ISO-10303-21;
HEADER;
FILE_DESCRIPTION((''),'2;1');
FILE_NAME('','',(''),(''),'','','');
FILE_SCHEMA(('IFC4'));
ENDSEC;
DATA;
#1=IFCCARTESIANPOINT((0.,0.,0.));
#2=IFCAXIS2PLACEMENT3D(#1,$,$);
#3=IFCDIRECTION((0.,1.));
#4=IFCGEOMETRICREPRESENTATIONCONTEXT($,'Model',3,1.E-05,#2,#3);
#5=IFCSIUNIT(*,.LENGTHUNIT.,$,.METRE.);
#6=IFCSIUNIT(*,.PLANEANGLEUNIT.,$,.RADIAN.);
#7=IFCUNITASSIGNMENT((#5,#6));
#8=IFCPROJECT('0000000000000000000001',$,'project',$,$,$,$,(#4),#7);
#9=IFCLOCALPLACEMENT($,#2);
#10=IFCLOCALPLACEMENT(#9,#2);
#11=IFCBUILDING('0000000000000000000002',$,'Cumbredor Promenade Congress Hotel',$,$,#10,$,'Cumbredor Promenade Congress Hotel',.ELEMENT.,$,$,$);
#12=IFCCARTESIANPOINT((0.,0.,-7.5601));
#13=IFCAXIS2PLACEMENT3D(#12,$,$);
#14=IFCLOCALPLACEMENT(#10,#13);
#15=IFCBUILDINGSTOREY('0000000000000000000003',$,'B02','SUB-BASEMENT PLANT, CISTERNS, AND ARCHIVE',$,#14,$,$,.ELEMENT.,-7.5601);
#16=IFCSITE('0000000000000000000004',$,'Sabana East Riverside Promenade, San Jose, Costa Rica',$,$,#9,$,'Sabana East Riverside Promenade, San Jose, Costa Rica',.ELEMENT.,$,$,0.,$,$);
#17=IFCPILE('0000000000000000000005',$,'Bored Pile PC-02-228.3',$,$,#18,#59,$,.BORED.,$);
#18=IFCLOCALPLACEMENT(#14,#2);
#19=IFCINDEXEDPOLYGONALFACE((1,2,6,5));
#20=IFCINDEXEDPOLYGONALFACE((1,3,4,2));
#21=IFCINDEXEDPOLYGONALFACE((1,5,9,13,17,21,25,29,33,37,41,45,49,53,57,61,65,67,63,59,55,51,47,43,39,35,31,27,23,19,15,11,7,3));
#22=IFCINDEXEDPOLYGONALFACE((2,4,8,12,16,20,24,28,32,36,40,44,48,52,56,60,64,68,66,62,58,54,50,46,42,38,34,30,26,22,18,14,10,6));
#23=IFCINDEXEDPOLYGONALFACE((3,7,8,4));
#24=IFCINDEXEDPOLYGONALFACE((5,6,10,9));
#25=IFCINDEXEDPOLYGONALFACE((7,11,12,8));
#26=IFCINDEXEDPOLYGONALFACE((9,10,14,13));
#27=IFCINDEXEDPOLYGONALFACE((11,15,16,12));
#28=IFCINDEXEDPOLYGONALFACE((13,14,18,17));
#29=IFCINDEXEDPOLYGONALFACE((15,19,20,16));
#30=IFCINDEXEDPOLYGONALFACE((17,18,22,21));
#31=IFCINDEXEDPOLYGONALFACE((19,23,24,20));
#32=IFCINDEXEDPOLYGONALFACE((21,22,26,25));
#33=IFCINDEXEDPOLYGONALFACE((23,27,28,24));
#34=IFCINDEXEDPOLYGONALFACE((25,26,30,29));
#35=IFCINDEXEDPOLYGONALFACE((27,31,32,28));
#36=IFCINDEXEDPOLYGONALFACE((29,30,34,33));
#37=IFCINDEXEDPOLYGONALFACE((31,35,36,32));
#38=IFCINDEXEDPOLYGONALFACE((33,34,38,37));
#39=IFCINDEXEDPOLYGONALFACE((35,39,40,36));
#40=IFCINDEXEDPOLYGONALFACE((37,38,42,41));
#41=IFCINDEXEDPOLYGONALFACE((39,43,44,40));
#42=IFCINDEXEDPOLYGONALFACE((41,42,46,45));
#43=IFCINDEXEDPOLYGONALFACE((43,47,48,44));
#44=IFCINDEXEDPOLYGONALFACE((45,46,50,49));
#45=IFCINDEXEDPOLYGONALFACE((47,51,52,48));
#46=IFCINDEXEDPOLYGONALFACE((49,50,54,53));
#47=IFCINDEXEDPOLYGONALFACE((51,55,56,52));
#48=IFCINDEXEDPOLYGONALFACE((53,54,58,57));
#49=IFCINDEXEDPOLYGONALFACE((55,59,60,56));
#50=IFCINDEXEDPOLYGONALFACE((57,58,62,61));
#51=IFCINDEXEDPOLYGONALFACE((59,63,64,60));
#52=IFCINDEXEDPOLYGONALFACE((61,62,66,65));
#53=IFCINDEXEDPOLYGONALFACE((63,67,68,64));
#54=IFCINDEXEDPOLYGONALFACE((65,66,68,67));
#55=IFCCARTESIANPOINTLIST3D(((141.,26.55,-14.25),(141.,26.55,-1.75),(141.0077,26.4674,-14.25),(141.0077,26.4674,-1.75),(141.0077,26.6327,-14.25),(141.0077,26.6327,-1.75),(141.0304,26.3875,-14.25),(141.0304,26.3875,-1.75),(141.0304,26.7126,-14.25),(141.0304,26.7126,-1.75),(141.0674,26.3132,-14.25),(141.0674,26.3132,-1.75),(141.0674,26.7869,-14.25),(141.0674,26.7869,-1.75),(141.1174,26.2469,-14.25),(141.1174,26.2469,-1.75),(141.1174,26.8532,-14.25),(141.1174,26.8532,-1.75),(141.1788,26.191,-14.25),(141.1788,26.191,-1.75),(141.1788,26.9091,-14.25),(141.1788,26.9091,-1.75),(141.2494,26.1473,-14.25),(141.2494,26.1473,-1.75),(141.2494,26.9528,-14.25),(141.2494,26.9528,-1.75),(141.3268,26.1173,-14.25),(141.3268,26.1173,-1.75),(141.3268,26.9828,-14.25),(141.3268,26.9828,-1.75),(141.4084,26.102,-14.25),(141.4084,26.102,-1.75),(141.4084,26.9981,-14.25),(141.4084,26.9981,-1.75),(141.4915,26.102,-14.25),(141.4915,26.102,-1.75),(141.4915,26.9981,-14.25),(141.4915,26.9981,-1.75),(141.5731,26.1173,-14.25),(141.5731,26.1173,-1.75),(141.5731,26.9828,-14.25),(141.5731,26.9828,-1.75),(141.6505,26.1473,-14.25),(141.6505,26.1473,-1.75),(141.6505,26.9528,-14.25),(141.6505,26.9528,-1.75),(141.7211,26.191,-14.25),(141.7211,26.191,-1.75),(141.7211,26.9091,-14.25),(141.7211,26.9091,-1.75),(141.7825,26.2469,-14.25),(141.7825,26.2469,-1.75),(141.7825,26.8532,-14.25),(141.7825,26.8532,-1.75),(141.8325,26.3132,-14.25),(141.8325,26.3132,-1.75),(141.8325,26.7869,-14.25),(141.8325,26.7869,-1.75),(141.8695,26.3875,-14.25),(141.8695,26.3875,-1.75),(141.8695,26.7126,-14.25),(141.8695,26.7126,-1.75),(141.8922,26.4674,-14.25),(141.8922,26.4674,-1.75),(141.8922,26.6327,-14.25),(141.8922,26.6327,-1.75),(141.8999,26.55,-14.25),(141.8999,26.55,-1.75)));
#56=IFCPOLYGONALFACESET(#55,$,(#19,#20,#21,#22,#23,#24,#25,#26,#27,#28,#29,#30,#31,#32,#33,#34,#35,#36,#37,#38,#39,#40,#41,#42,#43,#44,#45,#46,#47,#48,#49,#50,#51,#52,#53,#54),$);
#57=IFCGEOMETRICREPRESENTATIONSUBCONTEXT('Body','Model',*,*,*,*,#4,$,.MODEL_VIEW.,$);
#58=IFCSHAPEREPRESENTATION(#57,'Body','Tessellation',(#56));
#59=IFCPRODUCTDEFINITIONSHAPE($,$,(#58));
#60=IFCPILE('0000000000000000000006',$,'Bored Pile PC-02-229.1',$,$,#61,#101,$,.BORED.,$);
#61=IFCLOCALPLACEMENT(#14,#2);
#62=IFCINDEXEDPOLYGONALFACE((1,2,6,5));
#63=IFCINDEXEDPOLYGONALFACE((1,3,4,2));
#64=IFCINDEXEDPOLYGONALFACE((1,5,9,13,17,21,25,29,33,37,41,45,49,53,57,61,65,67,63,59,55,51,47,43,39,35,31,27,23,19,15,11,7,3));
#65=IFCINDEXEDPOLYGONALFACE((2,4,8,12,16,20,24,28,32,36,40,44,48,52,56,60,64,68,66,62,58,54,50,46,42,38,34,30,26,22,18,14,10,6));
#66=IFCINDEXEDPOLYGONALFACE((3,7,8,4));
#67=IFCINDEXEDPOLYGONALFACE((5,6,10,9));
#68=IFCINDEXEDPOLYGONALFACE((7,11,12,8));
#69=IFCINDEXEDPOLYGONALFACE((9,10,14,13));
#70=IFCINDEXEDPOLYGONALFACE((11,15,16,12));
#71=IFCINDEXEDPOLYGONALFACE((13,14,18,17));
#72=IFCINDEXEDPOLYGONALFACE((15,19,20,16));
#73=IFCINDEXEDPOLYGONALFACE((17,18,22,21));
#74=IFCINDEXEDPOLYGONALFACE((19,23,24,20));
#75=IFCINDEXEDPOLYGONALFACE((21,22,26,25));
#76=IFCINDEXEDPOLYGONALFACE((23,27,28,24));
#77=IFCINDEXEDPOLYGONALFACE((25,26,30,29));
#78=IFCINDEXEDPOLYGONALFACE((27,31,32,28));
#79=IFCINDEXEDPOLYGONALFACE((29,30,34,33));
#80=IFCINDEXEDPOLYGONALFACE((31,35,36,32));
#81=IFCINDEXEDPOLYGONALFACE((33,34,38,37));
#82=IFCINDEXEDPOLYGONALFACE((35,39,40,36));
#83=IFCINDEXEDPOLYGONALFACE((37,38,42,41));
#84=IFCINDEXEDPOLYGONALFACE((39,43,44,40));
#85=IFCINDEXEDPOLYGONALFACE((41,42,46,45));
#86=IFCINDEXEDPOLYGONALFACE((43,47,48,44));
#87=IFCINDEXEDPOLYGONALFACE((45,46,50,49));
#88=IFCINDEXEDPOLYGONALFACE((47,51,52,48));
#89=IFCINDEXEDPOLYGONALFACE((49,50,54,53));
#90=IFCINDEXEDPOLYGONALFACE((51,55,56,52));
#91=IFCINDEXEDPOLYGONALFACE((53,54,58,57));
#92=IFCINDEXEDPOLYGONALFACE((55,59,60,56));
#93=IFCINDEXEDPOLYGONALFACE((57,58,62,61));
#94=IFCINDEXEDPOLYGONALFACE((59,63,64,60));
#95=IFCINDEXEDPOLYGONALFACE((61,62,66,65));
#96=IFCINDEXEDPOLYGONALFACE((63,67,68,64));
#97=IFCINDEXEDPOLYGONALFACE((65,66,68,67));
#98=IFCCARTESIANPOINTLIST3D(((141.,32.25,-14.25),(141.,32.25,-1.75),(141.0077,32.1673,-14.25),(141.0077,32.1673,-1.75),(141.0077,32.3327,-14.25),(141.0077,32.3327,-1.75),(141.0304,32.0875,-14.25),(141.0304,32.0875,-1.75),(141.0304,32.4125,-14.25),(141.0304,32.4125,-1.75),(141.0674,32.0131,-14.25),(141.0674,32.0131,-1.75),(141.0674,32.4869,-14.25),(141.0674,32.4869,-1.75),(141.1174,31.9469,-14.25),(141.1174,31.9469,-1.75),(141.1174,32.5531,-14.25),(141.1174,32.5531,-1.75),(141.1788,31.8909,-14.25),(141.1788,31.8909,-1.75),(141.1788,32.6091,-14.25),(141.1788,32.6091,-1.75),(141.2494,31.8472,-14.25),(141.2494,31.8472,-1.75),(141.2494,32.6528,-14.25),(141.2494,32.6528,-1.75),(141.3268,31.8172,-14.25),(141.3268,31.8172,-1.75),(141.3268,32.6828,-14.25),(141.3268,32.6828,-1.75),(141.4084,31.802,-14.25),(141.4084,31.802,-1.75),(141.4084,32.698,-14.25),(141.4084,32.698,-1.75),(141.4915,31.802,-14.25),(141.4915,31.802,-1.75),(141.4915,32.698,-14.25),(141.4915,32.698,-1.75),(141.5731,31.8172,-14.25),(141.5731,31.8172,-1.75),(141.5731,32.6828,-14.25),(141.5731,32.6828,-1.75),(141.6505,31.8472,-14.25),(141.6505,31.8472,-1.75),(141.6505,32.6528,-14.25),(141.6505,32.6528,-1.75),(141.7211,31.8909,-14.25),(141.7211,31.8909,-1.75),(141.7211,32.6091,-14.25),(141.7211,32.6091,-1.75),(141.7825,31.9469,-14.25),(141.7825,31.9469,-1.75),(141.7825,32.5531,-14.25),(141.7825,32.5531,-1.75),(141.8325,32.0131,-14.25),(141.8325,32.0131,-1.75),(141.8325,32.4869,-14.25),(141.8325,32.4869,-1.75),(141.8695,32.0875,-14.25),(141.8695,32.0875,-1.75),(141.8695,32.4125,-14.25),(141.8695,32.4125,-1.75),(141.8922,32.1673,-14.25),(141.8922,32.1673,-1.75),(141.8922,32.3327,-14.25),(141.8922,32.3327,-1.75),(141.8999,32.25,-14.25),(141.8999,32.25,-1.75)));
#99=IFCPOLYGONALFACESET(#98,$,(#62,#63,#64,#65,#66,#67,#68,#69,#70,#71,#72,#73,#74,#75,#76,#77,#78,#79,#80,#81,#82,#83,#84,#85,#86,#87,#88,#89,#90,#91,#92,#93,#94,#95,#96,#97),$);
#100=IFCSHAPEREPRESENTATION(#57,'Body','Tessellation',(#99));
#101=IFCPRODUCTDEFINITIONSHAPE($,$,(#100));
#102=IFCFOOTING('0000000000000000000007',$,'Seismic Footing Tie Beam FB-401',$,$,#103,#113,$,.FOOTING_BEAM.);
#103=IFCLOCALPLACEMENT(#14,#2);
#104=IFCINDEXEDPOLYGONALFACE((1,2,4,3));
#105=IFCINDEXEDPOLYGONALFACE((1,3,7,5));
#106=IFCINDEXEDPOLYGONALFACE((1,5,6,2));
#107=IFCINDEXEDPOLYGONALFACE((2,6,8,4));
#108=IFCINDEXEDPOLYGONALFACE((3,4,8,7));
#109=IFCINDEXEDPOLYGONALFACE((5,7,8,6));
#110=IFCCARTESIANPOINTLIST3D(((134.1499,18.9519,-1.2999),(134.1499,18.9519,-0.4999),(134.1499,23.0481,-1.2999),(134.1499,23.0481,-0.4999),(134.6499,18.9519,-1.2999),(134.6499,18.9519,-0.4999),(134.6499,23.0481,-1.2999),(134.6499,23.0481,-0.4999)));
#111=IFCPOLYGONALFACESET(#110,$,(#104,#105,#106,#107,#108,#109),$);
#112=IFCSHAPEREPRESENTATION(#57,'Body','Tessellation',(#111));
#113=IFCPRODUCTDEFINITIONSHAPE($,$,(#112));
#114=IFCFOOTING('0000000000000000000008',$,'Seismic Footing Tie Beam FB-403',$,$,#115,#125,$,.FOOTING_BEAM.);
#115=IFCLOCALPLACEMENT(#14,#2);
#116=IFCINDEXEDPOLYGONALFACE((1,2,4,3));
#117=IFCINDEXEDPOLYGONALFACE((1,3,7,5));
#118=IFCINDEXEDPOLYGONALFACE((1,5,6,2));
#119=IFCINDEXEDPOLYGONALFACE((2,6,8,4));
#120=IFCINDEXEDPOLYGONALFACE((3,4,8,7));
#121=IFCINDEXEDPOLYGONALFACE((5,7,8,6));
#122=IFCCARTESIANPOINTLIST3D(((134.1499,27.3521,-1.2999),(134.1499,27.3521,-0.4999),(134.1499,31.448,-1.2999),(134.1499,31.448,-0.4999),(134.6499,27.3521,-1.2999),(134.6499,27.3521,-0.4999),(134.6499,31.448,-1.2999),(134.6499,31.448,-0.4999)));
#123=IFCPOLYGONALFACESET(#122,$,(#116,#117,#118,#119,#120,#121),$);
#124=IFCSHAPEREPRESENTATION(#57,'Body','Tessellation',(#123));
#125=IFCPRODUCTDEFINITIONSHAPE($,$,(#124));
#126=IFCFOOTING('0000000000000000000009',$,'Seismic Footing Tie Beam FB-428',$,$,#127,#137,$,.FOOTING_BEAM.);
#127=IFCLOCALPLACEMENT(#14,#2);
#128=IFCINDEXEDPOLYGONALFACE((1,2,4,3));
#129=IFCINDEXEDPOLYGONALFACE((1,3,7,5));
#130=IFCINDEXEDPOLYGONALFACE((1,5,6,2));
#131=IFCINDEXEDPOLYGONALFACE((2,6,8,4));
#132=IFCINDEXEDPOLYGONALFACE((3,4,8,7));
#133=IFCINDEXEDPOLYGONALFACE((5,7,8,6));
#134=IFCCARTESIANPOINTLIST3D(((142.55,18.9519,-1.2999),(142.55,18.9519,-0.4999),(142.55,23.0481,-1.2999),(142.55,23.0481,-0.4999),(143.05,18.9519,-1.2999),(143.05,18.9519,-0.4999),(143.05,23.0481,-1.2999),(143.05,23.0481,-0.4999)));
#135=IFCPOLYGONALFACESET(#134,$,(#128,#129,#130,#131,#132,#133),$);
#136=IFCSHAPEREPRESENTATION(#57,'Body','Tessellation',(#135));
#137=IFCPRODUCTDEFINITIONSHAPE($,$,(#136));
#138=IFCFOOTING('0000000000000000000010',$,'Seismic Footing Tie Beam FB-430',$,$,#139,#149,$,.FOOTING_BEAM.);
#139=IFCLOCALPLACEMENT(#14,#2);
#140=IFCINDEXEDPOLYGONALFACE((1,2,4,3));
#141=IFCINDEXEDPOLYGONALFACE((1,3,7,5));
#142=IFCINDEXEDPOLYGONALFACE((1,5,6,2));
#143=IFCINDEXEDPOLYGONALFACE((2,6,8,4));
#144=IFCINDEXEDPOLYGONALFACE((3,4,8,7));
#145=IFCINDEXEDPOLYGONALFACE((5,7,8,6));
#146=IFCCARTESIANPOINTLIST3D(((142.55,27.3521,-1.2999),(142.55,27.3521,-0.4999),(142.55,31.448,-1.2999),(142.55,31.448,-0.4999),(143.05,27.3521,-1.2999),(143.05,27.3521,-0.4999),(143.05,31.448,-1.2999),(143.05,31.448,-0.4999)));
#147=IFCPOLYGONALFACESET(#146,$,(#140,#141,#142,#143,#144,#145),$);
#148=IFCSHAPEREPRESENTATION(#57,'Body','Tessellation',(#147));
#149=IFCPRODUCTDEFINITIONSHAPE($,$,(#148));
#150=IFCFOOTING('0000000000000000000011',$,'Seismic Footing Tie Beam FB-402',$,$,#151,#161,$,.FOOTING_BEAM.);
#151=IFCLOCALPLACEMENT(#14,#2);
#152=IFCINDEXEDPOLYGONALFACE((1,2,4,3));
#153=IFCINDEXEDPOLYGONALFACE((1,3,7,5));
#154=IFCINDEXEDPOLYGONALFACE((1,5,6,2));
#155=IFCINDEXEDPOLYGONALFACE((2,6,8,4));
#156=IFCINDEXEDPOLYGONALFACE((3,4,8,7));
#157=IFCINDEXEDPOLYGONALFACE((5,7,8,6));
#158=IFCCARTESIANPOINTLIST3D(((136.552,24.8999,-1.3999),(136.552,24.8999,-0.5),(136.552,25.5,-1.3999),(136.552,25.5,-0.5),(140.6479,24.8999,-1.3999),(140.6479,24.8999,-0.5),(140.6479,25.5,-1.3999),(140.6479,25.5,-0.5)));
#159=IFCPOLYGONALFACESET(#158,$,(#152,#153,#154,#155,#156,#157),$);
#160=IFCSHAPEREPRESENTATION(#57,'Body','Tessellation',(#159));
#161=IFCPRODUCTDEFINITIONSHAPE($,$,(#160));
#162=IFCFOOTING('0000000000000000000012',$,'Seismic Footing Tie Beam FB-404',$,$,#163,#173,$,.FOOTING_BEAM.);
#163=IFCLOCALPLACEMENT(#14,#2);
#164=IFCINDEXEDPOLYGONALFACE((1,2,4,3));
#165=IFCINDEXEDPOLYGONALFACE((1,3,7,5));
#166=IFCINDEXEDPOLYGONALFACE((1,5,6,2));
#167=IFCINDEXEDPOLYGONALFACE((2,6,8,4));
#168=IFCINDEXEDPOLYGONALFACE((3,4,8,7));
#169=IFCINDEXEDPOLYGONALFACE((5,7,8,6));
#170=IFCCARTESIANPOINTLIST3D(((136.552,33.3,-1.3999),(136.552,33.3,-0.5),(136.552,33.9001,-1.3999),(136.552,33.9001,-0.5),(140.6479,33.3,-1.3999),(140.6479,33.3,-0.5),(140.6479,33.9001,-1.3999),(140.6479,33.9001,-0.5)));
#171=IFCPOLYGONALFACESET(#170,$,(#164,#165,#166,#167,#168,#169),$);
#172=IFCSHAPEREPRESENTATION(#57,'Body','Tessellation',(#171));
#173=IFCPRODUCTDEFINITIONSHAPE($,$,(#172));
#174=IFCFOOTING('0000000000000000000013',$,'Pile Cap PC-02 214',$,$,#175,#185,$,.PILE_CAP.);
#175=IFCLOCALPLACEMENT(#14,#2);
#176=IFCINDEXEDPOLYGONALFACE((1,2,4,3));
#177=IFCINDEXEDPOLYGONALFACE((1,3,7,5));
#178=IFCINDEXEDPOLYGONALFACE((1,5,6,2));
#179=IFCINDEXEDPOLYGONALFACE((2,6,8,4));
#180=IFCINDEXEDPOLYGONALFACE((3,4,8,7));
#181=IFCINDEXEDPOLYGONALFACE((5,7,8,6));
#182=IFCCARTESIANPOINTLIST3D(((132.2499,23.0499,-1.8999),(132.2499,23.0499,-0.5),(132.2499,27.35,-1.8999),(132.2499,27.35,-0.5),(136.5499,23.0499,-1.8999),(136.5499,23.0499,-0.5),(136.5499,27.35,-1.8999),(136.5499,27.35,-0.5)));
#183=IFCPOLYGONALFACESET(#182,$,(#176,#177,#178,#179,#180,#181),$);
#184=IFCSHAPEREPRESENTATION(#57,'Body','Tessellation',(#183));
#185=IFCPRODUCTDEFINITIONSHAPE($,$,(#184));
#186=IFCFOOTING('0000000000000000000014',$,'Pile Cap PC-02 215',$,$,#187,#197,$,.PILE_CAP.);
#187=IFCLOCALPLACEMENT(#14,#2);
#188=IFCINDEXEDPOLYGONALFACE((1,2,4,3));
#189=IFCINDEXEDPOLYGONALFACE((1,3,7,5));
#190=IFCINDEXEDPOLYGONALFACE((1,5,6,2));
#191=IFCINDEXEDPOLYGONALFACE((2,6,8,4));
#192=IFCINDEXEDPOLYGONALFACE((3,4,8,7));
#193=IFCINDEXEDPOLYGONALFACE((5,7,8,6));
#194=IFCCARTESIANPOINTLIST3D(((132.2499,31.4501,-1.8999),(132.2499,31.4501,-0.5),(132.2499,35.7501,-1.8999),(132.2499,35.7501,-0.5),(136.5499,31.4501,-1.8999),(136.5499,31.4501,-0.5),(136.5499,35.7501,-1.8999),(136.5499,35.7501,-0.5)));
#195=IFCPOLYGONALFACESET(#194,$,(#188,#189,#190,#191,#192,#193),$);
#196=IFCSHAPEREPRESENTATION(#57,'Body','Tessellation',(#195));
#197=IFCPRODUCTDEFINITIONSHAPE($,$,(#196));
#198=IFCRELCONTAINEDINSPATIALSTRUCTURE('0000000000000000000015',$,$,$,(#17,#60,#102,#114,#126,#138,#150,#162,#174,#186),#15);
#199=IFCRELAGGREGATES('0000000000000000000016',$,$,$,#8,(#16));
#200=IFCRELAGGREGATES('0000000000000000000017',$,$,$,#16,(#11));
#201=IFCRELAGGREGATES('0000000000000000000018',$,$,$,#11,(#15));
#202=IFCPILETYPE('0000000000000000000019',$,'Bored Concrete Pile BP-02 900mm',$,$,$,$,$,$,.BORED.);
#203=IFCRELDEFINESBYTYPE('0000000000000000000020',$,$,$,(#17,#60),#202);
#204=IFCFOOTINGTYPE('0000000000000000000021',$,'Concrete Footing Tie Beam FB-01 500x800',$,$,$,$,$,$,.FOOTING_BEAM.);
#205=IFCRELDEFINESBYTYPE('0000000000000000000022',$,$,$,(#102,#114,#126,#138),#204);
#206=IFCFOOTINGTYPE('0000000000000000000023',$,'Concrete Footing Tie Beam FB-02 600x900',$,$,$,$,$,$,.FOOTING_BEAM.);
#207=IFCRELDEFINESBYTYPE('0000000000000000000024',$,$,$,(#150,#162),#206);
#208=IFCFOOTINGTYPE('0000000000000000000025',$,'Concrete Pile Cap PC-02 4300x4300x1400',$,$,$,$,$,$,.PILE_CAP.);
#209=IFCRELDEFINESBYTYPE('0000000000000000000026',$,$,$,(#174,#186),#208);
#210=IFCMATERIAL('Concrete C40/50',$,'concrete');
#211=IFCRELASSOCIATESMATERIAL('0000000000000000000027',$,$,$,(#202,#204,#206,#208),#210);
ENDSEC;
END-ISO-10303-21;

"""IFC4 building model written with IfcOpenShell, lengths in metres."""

from ifc_helpers import new_model, si_unit, direction, frame, origin, origin_2d, place, context, subcontext, project, spatial, rectangle, circle, extrude, material, material_profile, profile_set, type_object, element, save


model = new_model("IFC4")

# Units and contexts
model_context = context("Model", 3, precision=1e-05, world=origin(), true_north=direction((0.0, 1.0)))
body_context = subcontext(model_context, "Body", "Model", "MODEL_VIEW")
ifc_project = project(units=[si_unit("LENGTHUNIT", "METRE"), si_unit("PLANEANGLEUNIT", "RADIAN")], contexts=[model_context])

# Site, building, storey
site_placement = place(None, origin())
site = spatial("IfcSite", under=ifc_project, at=site_placement, Name="Sabana East Riverside Promenade, San Jose, Costa Rica", LongName="Sabana East Riverside Promenade, San Jose, Costa Rica", CompositionType="ELEMENT", RefElevation=0.0)
building_placement = place(site_placement, origin())
building = spatial("IfcBuilding", under=site, at=building_placement, Name="Cumbredor Promenade Congress Hotel", LongName="Cumbredor Promenade Congress Hotel", CompositionType="ELEMENT")
storey_placement = place(building_placement, frame((0.0, 0.0, -7.5601)))
storey = spatial("IfcBuildingStorey", under=building, at=storey_placement, Name="B02", Description="SUB-BASEMENT PLANT, CISTERNS, AND ARCHIVE", CompositionType="ELEMENT", Elevation=-7.5601)

# Piles
ifc_material_1 = material(Name="Concrete C40/50", Category="concrete")
ifc_material_profile_1 = material_profile(ifc_material_1, circle(Radius=0.45, at=origin_2d()), Name="PILE D900")
ifc_profile_set_1 = profile_set([ifc_material_profile_1], Name="Concrete C40/50")
pile_type = type_object("IfcPileType", Name="Bored Concrete Pile BP-02 900mm", PredefinedType="BORED", material=ifc_profile_set_1)
for number, where, z_axis, x_axis, name in (
    (1, (141.45, 26.55, -1.75), (0.0, 0.0, -1.0), (1.0, 0.0, 0.0), "Bored Pile PC-02-228.3"),
    (2, (141.45, 32.25, -1.75), (0.0, 0.0, -1.0), (1.0, 0.0, 0.0), "Bored Pile PC-02-229.1"),
):
    element("IfcPile", number, at=place(storey_placement, frame(where, z_axis=z_axis, x_axis=x_axis)), inside=storey, type_object=pile_type, Name=name, PredefinedType="BORED", context=body_context, shape_type="SweptSolid", body=[
        extrude(circle(Radius=0.45, at=origin_2d()), origin(), (0.0, 0.0, 1.0), 12.5),
    ])

# Footings
ifc_material_profile_2 = material_profile(ifc_material_1, rectangle(XDim=0.5, YDim=0.8, at=origin_2d()), Name="FB 500x800")
ifc_profile_set_2 = profile_set([ifc_material_profile_2], Name="Concrete C40/50")
footing_type_1 = type_object("IfcFootingType", Name="Concrete Footing Tie Beam FB-01 500x800", PredefinedType="FOOTING_BEAM", material=ifc_profile_set_2)
footing_1_placement = place(storey_placement, frame((134.3999, 18.9519, -0.8999), z_axis=(0.0, 1.0, 0.0), x_axis=(-1.0, 0.0, 0.0)))
element("IfcFooting", 3, at=footing_1_placement, inside=storey, type_object=footing_type_1, Name="Seismic Footing Tie Beam FB-401", PredefinedType="FOOTING_BEAM", context=body_context, shape_type="SweptSolid", body=[
    extrude(rectangle(XDim=0.5, YDim=0.8, at=origin_2d()), origin(), (0.0, 0.0, 1.0), 4.0962),
])
footing_2_placement = place(storey_placement, frame((134.3999, 27.3521, -0.8999), z_axis=(0.0, 1.0, 0.0), x_axis=(-1.0, 0.0, 0.0)))
element("IfcFooting", 4, at=footing_2_placement, inside=storey, type_object=footing_type_1, Name="Seismic Footing Tie Beam FB-403", PredefinedType="FOOTING_BEAM", context=body_context, shape_type="SweptSolid", body=[
    extrude(rectangle(XDim=0.5, YDim=0.8, at=origin_2d()), origin(), (0.0, 0.0, 1.0), 4.0959),
])
footing_3_placement = place(storey_placement, frame((142.8, 18.9519, -0.8999), z_axis=(0.0, 1.0, 0.0), x_axis=(-1.0, 0.0, 0.0)))
element("IfcFooting", 5, at=footing_3_placement, inside=storey, type_object=footing_type_1, Name="Seismic Footing Tie Beam FB-428", PredefinedType="FOOTING_BEAM", context=body_context, shape_type="SweptSolid", body=[
    extrude(rectangle(XDim=0.5, YDim=0.8, at=origin_2d()), origin(), (0.0, 0.0, 1.0), 4.0962),
])
footing_4_placement = place(storey_placement, frame((142.8, 27.3521, -0.8999), z_axis=(0.0, 1.0, 0.0), x_axis=(-1.0, 0.0, 0.0)))
element("IfcFooting", 6, at=footing_4_placement, inside=storey, type_object=footing_type_1, Name="Seismic Footing Tie Beam FB-430", PredefinedType="FOOTING_BEAM", context=body_context, shape_type="SweptSolid", body=[
    extrude(rectangle(XDim=0.5, YDim=0.8, at=origin_2d()), origin(), (0.0, 0.0, 1.0), 4.0959),
])
ifc_material_profile_3 = material_profile(ifc_material_1, rectangle(XDim=0.6001, YDim=0.8999, at=origin_2d()), Name="FB 600x900")
ifc_profile_set_3 = profile_set([ifc_material_profile_3], Name="Concrete C40/50")
footing_type_2 = type_object("IfcFootingType", Name="Concrete Footing Tie Beam FB-02 600x900", PredefinedType="FOOTING_BEAM", material=ifc_profile_set_3)
for number, where, z_axis, x_axis, name in (
    (7, (136.552, 25.2, -0.95), (1.0, 0.0, 0.0), (0.0, 1.0, 0.0), "Seismic Footing Tie Beam FB-402"),
    (8, (136.552, 33.6001, -0.95), (1.0, 0.0, 0.0), (0.0, 1.0, 0.0), "Seismic Footing Tie Beam FB-404"),
):
    element("IfcFooting", number, at=place(storey_placement, frame(where, z_axis=z_axis, x_axis=x_axis)), inside=storey, type_object=footing_type_2, Name=name, PredefinedType="FOOTING_BEAM", context=body_context, shape_type="SweptSolid", body=[
        extrude(rectangle(XDim=0.6001, YDim=0.8999, at=origin_2d()), origin(), (0.0, 0.0, 1.0), 4.0959),
    ])
footing_type_3 = type_object("IfcFootingType", Name="Concrete Pile Cap PC-02 4300x4300x1400", PredefinedType="PILE_CAP", material=ifc_material_1)
for number, where, z_axis, x_axis, name in (
    (9, (134.3999, 25.2, -1.8999), (0.0, 0.0, 1.0), (1.0, 0.0, 0.0), "Pile Cap PC-02 214"),
    (10, (134.3999, 33.6001, -1.8999), (0.0, 0.0, 1.0), (1.0, 0.0, 0.0), "Pile Cap PC-02 215"),
):
    element("IfcFooting", number, at=place(storey_placement, frame(where, z_axis=z_axis, x_axis=x_axis)), inside=storey, type_object=footing_type_3, Name=name, PredefinedType="PILE_CAP", context=body_context, shape_type="SweptSolid", body=[
        extrude(rectangle(XDim=4.3, YDim=4.3, at=origin_2d()), origin(), (0.0, 0.0, 1.0), 1.3999),
    ])

save(model, "model.ifc")
